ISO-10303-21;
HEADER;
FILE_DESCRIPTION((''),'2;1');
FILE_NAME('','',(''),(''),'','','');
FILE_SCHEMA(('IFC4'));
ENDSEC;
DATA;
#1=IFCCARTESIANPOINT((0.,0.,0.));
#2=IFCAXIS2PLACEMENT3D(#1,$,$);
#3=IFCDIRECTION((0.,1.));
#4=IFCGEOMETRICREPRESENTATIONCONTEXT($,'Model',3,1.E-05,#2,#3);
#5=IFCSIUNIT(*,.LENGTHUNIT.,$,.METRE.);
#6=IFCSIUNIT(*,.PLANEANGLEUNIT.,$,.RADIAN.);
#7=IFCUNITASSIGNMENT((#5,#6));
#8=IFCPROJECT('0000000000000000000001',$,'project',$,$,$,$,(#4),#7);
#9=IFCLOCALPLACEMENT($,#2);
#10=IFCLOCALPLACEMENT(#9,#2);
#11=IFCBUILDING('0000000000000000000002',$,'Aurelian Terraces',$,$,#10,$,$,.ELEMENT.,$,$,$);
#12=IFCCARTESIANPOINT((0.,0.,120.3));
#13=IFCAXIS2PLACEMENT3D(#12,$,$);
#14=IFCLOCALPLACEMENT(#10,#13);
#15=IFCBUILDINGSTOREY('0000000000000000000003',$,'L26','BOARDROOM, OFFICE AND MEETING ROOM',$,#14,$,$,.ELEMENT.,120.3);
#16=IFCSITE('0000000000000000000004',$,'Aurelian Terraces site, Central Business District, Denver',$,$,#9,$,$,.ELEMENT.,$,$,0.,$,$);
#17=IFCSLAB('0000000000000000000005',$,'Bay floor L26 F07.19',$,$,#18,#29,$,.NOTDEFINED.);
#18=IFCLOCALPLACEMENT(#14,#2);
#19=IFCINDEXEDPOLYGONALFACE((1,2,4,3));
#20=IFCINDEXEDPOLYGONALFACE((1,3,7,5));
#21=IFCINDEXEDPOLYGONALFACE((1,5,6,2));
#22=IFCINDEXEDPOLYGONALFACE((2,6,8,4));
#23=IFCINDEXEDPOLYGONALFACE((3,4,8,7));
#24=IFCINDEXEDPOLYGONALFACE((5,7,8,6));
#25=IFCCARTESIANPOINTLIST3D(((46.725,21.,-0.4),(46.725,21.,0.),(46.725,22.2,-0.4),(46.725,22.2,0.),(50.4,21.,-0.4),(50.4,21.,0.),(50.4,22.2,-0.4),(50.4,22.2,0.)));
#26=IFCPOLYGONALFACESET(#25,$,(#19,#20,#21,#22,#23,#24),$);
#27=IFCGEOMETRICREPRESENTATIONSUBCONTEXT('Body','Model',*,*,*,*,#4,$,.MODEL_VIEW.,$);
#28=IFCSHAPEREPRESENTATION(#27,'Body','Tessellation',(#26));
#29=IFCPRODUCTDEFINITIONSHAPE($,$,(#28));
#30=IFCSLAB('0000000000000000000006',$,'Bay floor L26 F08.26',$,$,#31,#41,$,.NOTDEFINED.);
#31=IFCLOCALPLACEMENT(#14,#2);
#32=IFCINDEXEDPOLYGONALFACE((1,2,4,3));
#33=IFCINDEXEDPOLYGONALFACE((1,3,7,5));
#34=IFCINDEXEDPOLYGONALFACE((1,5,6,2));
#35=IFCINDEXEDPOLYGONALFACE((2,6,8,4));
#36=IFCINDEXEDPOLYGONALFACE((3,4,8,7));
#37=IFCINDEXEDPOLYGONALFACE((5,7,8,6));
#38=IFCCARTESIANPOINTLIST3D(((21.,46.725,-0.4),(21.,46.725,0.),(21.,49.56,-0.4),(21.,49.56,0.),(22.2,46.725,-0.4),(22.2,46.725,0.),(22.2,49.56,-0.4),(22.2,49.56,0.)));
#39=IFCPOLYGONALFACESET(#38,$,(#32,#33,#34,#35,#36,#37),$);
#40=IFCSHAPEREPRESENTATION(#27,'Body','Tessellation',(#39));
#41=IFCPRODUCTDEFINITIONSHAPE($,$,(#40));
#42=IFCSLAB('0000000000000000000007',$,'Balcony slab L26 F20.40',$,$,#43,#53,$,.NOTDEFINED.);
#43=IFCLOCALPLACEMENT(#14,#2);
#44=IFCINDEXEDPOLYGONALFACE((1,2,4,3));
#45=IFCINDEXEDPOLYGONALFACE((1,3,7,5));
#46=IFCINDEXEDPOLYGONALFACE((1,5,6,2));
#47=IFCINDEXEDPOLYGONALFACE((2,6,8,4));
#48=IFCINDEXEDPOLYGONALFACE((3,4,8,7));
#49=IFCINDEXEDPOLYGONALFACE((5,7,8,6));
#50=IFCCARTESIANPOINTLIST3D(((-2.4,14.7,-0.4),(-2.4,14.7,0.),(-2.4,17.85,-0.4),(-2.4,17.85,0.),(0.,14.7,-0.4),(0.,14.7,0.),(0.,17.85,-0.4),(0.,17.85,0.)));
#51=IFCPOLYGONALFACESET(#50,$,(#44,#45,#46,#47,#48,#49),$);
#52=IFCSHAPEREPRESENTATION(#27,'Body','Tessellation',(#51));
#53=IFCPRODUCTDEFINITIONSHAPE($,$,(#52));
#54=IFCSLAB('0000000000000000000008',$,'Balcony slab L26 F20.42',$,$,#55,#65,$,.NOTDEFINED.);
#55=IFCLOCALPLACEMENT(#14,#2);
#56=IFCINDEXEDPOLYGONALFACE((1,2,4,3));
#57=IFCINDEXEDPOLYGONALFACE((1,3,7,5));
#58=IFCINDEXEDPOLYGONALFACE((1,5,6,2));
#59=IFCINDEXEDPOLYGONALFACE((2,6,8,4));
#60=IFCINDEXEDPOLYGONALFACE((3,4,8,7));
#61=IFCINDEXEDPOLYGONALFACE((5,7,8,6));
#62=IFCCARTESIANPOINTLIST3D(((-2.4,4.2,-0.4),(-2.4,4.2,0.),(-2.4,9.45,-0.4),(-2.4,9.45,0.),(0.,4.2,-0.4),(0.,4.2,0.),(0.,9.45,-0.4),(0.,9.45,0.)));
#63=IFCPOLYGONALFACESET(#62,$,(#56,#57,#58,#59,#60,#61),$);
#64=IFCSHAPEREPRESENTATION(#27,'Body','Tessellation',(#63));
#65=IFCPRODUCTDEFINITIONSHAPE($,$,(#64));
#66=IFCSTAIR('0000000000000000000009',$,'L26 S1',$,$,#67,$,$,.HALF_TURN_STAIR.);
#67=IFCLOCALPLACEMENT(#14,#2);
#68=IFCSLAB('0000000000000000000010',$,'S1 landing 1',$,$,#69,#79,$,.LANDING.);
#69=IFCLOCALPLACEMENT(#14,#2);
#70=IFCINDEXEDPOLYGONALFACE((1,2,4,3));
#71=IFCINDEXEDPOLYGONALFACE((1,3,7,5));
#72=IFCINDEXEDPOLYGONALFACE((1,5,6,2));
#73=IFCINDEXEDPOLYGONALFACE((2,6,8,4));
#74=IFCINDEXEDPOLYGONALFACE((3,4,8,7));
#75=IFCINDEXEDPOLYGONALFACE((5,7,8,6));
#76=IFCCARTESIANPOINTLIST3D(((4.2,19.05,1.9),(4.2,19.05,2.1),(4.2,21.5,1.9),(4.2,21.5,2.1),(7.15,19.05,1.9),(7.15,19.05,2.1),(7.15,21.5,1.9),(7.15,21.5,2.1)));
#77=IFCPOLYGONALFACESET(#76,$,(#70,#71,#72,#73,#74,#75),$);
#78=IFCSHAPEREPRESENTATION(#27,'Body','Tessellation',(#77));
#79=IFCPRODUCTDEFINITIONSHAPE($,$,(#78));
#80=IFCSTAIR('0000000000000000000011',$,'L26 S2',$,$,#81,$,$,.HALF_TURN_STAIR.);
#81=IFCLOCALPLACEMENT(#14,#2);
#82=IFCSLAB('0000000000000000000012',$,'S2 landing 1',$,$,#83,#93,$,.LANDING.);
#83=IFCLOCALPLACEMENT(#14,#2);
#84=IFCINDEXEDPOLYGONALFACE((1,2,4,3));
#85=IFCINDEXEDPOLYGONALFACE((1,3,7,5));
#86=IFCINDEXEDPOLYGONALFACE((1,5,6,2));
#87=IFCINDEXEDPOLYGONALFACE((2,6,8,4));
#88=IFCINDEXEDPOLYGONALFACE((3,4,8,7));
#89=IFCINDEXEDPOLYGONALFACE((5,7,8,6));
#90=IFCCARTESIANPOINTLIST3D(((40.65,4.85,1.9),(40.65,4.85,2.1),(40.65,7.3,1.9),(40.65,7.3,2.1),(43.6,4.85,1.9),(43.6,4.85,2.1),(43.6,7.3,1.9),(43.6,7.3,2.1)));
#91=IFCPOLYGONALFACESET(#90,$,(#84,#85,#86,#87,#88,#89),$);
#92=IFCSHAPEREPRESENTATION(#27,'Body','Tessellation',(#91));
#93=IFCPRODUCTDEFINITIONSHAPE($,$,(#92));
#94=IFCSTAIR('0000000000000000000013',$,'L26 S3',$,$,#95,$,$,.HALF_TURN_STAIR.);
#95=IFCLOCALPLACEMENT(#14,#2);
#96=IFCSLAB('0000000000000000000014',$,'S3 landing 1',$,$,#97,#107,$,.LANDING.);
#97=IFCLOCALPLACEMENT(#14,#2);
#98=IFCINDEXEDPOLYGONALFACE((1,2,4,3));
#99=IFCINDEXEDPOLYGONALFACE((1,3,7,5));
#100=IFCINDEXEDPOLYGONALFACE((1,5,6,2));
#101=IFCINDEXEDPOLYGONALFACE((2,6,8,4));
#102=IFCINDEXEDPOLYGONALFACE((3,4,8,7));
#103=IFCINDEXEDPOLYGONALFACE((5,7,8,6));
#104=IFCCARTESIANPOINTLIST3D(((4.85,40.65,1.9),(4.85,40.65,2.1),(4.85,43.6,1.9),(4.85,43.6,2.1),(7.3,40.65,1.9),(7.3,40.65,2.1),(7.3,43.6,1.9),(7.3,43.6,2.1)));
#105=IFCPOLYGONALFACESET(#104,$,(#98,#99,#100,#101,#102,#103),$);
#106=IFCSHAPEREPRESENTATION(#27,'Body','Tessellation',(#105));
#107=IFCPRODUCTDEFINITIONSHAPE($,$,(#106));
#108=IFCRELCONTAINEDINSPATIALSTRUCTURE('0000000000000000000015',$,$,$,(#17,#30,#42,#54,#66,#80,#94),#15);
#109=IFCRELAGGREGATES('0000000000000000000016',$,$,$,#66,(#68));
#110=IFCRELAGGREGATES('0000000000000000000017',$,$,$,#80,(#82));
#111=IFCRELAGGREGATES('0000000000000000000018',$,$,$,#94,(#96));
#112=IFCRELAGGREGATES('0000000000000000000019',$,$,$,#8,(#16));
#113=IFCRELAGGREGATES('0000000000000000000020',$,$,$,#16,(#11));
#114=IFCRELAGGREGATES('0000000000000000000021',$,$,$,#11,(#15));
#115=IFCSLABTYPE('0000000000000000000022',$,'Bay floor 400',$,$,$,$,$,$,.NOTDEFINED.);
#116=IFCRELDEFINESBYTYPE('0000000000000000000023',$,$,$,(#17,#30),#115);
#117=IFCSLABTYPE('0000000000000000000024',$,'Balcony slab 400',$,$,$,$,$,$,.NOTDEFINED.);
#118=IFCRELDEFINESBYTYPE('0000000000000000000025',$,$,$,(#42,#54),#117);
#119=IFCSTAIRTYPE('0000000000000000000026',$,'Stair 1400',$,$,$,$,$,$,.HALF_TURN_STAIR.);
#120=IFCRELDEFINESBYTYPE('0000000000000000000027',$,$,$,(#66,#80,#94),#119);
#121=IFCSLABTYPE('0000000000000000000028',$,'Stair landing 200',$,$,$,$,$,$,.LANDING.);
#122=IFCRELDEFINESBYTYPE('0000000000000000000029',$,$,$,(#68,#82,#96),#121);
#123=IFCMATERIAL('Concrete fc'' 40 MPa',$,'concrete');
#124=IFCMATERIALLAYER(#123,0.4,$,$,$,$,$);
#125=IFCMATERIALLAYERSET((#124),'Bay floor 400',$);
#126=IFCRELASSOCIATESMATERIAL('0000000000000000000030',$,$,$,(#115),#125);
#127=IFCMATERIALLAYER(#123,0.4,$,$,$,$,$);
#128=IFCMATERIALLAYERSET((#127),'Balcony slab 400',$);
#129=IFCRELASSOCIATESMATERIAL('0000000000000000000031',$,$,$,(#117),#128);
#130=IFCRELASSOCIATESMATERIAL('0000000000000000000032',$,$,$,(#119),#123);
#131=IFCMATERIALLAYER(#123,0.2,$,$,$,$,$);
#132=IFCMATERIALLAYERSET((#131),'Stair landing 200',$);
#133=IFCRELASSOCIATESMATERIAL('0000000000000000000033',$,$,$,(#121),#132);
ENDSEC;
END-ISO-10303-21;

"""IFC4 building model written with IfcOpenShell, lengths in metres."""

from ifc_helpers import new_model, si_unit, direction, frame, origin, place, context, subcontext, project, spatial, polyline, outline, extrude, source, transform, mapped, material, layer, layer_set, type_object, element, aggregate, save


model = new_model("IFC4")

# Units and contexts
model_context = context("Model", 3, precision=1e-05, world=origin(), true_north=direction((0.0, 1.0)))
body_context = subcontext(model_context, "Body", "Model", "MODEL_VIEW")
ifc_project = project(units=[si_unit("LENGTHUNIT", "METRE"), si_unit("PLANEANGLEUNIT", "RADIAN")], contexts=[model_context])

# Site, building, storey
site_placement = place(None, origin())
site = spatial("IfcSite", under=ifc_project, at=site_placement, Name="Aurelian Terraces site, Central Business District, Denver", CompositionType="ELEMENT", RefElevation=0.0)
building_placement = place(site_placement, origin())
building = spatial("IfcBuilding", under=site, at=building_placement, Name="Aurelian Terraces", CompositionType="ELEMENT")
storey_placement = place(building_placement, frame((0.0, 0.0, 120.3)))
storey = spatial("IfcBuildingStorey", under=building, at=storey_placement, Name="L26", Description="BOARDROOM, OFFICE AND MEETING ROOM", CompositionType="ELEMENT", Elevation=120.3)

# Slabs
ifc_material = material(Name="Concrete fc' 40 MPa", Category="concrete")
ifc_layer_1 = layer(ifc_material, 0.4)
ifc_layer_set_1 = layer_set([ifc_layer_1], Name="Bay floor 400")
slab_type_1 = type_object("IfcSlabType", Name="Bay floor 400", PredefinedType="NOTDEFINED", material=ifc_layer_set_1)
shared_shape_1 = source(origin(), body_context, "Body", "SweptSolid", [
    extrude(outline(polyline([(50.4, 21.0), (46.725, 21.0), (46.725, 22.2), (50.4, 22.2), (50.4, 21.0)])), origin(), (0.0, 0.0, 1.0), 0.4),
])
slab_1_placement = place(storey_placement, frame((0.0, 0.0, -0.4)))
element("IfcSlab", 1, at=slab_1_placement, inside=storey, type_object=slab_type_1, Name="Bay floor L26 F07.19", PredefinedType="NOTDEFINED", context=body_context, shape_type="MappedRepresentation", body=[
    mapped(shared_shape_1, transform((0.0, 0.0, 0.0), scale=1.0)),
])
shared_shape_2 = source(origin(), body_context, "Body", "SweptSolid", [
    extrude(outline(polyline([(21.0, 46.725), (21.0, 49.56), (22.2, 49.56), (22.2, 46.725), (21.0, 46.725)])), origin(), (0.0, 0.0, 1.0), 0.4),
])
slab_2_placement = place(storey_placement, frame((0.0, 0.0, -0.4)))
element("IfcSlab", 2, at=slab_2_placement, inside=storey, type_object=slab_type_1, Name="Bay floor L26 F08.26", PredefinedType="NOTDEFINED", context=body_context, shape_type="MappedRepresentation", body=[
    mapped(shared_shape_2, transform((0.0, 0.0, 0.0), scale=1.0)),
])
ifc_layer_2 = layer(ifc_material, 0.4)
ifc_layer_set_2 = layer_set([ifc_layer_2], Name="Balcony slab 400")
slab_type_2 = type_object("IfcSlabType", Name="Balcony slab 400", PredefinedType="NOTDEFINED", material=ifc_layer_set_2)
shared_shape_3 = source(origin(), body_context, "Body", "SweptSolid", [
    extrude(outline(polyline([(0.0, 17.85), (0.0, 14.7), (-2.4, 14.7), (-2.4, 17.85), (0.0, 17.85)])), origin(), (0.0, 0.0, 1.0), 0.4),
])
slab_3_placement = place(storey_placement, frame((0.0, 0.0, -0.4)))
element("IfcSlab", 3, at=slab_3_placement, inside=storey, type_object=slab_type_2, Name="Balcony slab L26 F20.40", PredefinedType="NOTDEFINED", context=body_context, shape_type="MappedRepresentation", body=[
    mapped(shared_shape_3, transform((0.0, 0.0, 0.0), scale=1.0)),
])
shared_shape_4 = source(origin(), body_context, "Body", "SweptSolid", [
    extrude(outline(polyline([(0.0, 9.45), (0.0, 4.2), (-2.4, 4.2), (-2.4, 9.45), (0.0, 9.45)])), origin(), (0.0, 0.0, 1.0), 0.4),
])
slab_4_placement = place(storey_placement, frame((0.0, 0.0, -0.4)))
element("IfcSlab", 4, at=slab_4_placement, inside=storey, type_object=slab_type_2, Name="Balcony slab L26 F20.42", PredefinedType="NOTDEFINED", context=body_context, shape_type="MappedRepresentation", body=[
    mapped(shared_shape_4, transform((0.0, 0.0, 0.0), scale=1.0)),
])

# Stairs, slabs
stair_type = type_object("IfcStairType", Name="Stair 1400", PredefinedType="HALF_TURN_STAIR", material=ifc_material)
stair_1_placement = place(storey_placement, origin())
stair_1 = element("IfcStair", 5, at=stair_1_placement, inside=storey, type_object=stair_type, Name="L26 S1", PredefinedType="HALF_TURN_STAIR")
ifc_layer_3 = layer(ifc_material, 0.2)
ifc_layer_set_3 = layer_set([ifc_layer_3], Name="Stair landing 200")
slab_type_3 = type_object("IfcSlabType", Name="Stair landing 200", PredefinedType="LANDING", material=ifc_layer_set_3)
shared_shape_5 = source(origin(), body_context, "Body", "SweptSolid", [
    extrude(outline(polyline([(7.15, 19.05), (7.15, 21.5), (4.2, 21.5), (4.2, 19.05), (7.15, 19.05)])), origin(), (0.0, 0.0, 1.0), 0.2),
])
slab_5_placement = place(storey_placement, frame((0.0, 0.0, 1.9)))
slab_5 = element("IfcSlab", 6, at=slab_5_placement, type_object=slab_type_3, Name="S1 landing 1", PredefinedType="LANDING", context=body_context, shape_type="MappedRepresentation", body=[
    mapped(shared_shape_5, transform((0.0, 0.0, 0.0), scale=1.0)),
])
aggregate(stair_1, [slab_5])
stair_2_placement = place(storey_placement, origin())
stair_2 = element("IfcStair", 7, at=stair_2_placement, inside=storey, type_object=stair_type, Name="L26 S2", PredefinedType="HALF_TURN_STAIR")
shared_shape_6 = source(origin(), body_context, "Body", "SweptSolid", [
    extrude(outline(polyline([(43.6, 4.85), (43.6, 7.3), (40.65, 7.3), (40.65, 4.85), (43.6, 4.85)])), origin(), (0.0, 0.0, 1.0), 0.2),
])
slab_6_placement = place(storey_placement, frame((0.0, 0.0, 1.9)))
slab_6 = element("IfcSlab", 8, at=slab_6_placement, type_object=slab_type_3, Name="S2 landing 1", PredefinedType="LANDING", context=body_context, shape_type="MappedRepresentation", body=[
    mapped(shared_shape_6, transform((0.0, 0.0, 0.0), scale=1.0)),
])
aggregate(stair_2, [slab_6])
stair_3_placement = place(storey_placement, origin())
stair_3 = element("IfcStair", 9, at=stair_3_placement, inside=storey, type_object=stair_type, Name="L26 S3", PredefinedType="HALF_TURN_STAIR")
shared_shape_7 = source(origin(), body_context, "Body", "SweptSolid", [
    extrude(outline(polyline([(4.85, 40.65), (7.3, 40.65), (7.3, 43.6), (4.85, 43.6), (4.85, 40.65)])), origin(), (0.0, 0.0, 1.0), 0.2),
])
slab_7_placement = place(storey_placement, frame((0.0, 0.0, 1.9)))
slab_7 = element("IfcSlab", 10, at=slab_7_placement, type_object=slab_type_3, Name="S3 landing 1", PredefinedType="LANDING", context=body_context, shape_type="MappedRepresentation", body=[
    mapped(shared_shape_7, transform((0.0, 0.0, 0.0), scale=1.0)),
])
aggregate(stair_3, [slab_7])

save(model, "model.ifc")
